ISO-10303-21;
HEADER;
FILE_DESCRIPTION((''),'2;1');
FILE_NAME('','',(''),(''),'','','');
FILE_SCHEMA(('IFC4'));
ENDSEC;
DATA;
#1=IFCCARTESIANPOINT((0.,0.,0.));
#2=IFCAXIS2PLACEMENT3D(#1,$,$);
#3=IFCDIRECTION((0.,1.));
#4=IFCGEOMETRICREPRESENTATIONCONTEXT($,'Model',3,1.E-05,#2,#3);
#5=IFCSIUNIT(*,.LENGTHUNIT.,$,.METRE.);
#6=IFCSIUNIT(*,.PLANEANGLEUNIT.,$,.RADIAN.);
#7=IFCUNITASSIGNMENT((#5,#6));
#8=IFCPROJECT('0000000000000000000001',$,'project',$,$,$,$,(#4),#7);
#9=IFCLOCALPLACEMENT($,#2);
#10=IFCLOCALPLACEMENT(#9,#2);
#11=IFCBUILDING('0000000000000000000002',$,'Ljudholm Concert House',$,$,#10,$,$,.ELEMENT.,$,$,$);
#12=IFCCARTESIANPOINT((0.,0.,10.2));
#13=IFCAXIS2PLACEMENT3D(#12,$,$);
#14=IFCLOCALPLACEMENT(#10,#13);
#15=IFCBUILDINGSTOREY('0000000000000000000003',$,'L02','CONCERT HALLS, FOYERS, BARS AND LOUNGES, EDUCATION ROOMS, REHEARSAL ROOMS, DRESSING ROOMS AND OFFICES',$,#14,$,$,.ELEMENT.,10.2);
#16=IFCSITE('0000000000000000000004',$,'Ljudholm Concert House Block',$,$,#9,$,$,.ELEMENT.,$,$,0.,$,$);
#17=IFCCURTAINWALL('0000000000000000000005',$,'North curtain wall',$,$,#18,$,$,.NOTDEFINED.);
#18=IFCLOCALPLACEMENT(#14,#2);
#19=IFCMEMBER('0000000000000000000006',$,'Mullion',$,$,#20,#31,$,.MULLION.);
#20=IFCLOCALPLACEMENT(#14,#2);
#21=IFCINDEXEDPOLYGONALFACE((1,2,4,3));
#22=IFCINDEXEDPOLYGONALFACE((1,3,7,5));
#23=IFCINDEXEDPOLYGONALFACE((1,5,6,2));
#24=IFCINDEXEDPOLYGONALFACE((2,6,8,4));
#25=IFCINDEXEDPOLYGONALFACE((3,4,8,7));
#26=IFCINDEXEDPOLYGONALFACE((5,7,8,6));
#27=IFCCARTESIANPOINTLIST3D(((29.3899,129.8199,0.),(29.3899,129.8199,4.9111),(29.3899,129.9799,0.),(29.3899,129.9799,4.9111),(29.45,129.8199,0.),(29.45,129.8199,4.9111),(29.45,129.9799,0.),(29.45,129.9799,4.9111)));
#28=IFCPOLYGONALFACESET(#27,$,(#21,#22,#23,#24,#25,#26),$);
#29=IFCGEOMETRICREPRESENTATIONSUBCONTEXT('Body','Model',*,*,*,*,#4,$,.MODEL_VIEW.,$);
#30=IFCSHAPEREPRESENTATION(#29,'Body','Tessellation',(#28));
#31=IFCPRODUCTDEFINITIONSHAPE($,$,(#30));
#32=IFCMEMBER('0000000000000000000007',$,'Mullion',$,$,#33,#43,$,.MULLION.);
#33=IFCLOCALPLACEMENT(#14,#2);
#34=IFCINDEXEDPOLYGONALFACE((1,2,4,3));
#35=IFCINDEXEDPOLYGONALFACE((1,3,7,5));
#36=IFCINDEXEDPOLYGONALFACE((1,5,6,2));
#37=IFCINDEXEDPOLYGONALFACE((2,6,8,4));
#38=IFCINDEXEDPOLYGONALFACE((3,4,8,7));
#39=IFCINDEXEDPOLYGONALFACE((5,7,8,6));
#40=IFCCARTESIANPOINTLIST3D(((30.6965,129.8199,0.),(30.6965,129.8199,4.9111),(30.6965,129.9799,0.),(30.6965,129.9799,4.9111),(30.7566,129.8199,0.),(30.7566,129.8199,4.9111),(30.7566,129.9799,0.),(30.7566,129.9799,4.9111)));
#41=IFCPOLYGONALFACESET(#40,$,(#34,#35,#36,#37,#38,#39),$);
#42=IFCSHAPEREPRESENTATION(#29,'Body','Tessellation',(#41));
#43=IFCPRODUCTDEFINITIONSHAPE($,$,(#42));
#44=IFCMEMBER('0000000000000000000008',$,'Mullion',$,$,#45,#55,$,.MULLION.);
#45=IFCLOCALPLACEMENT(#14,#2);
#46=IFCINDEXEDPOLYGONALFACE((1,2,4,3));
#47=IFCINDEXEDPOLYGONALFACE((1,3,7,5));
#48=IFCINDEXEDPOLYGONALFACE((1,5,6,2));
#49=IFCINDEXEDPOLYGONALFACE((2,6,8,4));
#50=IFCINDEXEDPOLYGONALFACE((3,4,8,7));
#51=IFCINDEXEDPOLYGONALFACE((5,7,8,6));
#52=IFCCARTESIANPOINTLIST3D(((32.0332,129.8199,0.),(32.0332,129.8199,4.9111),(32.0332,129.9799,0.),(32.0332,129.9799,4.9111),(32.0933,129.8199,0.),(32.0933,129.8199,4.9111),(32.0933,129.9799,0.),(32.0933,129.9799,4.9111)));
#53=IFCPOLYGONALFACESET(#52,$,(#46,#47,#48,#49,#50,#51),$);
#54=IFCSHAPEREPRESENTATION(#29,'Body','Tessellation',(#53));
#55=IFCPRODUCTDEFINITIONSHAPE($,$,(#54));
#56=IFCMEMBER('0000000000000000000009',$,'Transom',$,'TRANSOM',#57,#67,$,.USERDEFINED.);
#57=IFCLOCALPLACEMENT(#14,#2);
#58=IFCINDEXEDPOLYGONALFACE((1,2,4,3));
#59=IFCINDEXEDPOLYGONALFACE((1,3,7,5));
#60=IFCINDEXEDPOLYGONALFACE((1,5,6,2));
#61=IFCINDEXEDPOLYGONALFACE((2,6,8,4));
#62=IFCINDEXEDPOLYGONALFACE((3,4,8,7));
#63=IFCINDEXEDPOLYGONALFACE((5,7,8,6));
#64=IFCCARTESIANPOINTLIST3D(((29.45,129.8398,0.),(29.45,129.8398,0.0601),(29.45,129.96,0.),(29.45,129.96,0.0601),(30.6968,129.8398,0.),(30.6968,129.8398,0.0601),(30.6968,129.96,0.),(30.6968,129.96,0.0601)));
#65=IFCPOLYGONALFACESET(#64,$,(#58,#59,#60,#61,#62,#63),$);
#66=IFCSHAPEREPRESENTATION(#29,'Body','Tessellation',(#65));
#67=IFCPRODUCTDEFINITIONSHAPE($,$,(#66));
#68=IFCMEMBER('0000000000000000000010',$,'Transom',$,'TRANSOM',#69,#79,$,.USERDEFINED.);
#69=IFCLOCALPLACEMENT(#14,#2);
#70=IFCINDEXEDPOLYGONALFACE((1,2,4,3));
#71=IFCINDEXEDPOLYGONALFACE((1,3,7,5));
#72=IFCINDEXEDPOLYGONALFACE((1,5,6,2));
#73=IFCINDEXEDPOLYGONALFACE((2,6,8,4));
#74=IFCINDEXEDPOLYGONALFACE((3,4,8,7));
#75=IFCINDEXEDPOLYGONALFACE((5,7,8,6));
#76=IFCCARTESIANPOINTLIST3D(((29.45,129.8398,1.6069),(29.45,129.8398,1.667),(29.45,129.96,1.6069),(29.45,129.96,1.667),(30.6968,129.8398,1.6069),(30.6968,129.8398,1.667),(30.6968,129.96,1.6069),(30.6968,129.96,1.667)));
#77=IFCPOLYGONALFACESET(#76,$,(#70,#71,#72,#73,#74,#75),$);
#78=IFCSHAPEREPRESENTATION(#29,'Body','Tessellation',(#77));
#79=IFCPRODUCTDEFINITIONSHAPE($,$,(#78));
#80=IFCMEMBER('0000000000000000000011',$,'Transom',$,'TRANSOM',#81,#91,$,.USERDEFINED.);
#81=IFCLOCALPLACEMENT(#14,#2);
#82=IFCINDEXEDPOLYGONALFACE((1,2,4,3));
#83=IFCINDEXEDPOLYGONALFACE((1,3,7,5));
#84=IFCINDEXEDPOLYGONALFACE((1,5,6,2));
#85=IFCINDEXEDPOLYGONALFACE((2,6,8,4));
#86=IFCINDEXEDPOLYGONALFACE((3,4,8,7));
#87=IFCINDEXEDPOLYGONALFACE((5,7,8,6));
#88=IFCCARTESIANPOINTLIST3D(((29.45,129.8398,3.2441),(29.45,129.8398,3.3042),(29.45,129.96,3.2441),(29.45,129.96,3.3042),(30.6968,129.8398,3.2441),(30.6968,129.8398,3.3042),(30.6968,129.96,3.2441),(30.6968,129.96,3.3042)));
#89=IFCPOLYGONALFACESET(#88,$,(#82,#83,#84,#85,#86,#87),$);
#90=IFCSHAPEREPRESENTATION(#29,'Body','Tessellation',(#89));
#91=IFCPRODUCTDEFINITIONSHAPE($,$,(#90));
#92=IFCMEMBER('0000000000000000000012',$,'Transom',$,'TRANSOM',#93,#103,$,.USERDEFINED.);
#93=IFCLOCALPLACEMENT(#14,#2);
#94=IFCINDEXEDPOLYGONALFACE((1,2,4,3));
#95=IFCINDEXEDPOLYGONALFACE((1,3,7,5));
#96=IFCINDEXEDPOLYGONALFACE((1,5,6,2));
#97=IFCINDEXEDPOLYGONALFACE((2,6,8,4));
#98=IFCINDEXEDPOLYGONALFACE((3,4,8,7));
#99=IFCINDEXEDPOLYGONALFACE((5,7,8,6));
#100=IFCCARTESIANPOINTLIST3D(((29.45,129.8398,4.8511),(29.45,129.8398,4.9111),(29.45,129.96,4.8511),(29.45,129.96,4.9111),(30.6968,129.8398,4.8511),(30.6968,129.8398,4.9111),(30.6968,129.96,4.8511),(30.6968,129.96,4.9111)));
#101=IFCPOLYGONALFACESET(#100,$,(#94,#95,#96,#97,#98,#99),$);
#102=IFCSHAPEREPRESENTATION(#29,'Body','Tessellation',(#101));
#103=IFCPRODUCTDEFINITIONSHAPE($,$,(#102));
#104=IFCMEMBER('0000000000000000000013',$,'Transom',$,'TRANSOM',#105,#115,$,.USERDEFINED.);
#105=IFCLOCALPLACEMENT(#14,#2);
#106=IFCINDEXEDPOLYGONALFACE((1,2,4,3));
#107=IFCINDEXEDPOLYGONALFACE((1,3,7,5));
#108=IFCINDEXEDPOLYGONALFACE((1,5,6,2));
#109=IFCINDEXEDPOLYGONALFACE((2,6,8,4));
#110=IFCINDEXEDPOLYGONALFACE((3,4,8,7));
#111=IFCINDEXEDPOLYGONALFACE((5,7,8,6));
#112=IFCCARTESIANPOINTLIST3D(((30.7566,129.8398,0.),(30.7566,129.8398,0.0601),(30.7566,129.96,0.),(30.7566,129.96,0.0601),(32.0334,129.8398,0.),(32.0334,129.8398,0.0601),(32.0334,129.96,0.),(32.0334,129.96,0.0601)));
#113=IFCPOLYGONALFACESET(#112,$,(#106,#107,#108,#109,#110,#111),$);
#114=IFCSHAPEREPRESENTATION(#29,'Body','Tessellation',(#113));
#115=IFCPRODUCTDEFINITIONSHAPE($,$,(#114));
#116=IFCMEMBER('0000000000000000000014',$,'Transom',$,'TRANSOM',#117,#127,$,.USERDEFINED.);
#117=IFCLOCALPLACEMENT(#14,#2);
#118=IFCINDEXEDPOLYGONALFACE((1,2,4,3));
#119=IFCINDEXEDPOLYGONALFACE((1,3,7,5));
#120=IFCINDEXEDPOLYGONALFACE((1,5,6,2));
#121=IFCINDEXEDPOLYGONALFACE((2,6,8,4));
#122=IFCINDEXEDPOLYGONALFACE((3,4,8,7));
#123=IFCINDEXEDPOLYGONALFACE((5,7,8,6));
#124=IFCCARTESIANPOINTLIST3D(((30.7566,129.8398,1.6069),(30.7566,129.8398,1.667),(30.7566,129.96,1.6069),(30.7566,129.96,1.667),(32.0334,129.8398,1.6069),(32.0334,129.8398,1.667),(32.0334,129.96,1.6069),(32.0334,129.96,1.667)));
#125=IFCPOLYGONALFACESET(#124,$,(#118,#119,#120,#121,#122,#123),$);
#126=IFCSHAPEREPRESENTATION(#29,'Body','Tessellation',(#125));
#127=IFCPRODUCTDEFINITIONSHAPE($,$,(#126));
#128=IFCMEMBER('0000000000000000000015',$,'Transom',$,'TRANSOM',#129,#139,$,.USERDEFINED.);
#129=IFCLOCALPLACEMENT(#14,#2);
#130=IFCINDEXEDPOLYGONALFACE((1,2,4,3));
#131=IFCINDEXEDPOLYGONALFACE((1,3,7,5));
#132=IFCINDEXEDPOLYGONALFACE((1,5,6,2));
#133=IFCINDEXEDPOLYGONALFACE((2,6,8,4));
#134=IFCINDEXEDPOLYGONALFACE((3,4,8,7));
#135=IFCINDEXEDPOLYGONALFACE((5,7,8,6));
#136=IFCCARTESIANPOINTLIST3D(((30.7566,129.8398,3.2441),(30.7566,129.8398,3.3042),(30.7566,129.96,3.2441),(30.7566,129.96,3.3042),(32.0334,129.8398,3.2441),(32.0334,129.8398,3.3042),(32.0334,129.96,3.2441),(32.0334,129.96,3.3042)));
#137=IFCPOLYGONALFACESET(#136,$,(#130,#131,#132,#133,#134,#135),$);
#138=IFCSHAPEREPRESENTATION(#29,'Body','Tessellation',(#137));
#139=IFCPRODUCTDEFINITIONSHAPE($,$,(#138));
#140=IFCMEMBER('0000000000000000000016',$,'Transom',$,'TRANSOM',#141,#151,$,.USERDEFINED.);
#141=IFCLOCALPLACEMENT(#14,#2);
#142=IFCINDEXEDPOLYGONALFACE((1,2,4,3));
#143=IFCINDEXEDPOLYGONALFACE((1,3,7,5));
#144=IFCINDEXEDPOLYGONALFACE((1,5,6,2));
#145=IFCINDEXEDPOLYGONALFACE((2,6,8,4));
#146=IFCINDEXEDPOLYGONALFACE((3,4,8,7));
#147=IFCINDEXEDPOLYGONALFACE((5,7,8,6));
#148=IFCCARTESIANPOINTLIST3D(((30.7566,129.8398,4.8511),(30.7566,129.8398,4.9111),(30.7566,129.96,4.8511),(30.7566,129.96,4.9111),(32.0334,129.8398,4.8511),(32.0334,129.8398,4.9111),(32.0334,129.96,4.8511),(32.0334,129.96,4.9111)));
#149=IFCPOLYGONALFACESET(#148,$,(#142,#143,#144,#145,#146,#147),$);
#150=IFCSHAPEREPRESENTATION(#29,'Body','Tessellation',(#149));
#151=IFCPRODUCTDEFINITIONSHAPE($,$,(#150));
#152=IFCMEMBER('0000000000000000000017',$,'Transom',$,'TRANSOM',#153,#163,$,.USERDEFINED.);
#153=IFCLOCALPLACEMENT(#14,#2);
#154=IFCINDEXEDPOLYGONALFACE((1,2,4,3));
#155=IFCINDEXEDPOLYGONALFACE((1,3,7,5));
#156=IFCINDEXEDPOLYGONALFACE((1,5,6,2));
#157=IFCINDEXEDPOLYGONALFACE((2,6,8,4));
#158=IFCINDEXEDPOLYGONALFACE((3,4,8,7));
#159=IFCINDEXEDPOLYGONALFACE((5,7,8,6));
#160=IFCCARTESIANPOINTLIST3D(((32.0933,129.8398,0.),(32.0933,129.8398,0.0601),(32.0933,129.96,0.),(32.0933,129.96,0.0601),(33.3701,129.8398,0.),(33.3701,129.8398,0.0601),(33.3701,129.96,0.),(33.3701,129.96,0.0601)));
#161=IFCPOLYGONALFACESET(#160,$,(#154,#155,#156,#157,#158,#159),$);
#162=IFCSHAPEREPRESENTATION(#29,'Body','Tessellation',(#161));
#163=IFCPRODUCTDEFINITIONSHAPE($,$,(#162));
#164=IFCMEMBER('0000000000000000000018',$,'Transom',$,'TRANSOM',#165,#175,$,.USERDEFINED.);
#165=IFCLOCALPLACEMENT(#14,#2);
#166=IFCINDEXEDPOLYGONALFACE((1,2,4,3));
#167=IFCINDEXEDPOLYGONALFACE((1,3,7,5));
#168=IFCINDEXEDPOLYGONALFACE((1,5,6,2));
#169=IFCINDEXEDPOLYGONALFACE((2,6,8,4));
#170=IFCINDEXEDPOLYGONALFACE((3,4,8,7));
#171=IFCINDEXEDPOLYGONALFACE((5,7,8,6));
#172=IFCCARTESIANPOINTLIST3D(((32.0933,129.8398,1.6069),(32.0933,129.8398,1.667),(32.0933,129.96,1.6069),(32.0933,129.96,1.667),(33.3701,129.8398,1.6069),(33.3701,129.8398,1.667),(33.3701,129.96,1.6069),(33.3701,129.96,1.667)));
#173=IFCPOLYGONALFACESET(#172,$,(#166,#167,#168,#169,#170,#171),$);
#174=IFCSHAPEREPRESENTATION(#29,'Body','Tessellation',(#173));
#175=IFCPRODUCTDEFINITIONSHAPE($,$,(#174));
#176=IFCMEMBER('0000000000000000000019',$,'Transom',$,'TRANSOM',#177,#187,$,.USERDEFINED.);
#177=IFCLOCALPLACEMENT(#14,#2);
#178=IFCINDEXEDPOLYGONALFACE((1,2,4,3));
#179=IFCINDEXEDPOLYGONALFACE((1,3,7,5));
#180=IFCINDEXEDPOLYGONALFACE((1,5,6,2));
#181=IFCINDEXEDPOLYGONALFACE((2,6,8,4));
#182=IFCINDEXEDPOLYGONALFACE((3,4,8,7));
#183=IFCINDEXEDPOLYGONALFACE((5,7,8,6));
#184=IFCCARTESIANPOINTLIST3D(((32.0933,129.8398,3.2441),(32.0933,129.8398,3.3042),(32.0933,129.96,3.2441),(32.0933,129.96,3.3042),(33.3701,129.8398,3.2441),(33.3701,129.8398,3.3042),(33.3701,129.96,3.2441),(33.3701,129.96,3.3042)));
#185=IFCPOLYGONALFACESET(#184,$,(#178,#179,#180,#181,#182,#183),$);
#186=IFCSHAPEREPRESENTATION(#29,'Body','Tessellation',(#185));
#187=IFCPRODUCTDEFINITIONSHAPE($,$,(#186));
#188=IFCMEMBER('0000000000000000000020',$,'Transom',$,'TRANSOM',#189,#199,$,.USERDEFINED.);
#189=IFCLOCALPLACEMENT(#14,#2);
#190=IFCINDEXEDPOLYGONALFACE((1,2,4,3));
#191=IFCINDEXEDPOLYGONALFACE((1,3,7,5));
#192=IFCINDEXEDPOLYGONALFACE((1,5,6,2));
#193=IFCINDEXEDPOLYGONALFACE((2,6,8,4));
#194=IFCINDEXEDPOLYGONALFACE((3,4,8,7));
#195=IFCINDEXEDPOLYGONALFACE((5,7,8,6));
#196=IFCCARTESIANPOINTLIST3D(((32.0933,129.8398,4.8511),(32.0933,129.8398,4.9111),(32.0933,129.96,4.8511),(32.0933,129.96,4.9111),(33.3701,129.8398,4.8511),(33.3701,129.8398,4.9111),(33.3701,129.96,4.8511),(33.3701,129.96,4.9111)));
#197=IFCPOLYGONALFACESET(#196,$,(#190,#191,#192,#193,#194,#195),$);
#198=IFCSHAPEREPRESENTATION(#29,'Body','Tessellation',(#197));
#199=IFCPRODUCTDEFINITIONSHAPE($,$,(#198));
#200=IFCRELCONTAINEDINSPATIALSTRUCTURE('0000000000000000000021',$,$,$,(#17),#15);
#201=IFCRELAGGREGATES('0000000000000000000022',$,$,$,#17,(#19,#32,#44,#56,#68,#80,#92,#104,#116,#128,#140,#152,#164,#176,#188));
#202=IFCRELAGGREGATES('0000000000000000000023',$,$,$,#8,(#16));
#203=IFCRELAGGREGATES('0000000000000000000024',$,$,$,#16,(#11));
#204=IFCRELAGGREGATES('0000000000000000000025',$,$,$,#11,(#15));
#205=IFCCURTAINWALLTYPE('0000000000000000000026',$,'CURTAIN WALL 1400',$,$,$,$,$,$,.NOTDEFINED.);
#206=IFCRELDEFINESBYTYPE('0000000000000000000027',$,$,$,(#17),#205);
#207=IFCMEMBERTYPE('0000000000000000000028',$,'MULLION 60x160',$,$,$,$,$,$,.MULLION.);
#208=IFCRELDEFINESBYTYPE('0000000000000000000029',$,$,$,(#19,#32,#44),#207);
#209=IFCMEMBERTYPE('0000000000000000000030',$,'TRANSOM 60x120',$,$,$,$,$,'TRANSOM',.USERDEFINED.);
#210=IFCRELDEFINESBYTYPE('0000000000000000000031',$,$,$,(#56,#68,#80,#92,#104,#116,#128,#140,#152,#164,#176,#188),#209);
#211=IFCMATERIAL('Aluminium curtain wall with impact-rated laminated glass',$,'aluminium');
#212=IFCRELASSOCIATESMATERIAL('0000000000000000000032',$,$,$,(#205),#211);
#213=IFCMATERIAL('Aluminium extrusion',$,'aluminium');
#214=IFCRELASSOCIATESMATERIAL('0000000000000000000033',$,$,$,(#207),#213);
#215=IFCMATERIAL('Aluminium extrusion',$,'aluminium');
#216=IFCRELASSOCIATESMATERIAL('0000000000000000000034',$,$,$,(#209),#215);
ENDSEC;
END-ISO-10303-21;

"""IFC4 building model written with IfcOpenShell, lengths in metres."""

from ifc_helpers import new_model, si_unit, direction, frame, origin, origin_2d, place, context, subcontext, project, spatial, rectangle, extrude, material, material_profile, profile_set, type_object, element, aggregate, save


model = new_model("IFC4")

# Units and contexts
model_context = context("Model", 3, precision=1e-05, world=origin(), true_north=direction((0.0, 1.0)))
body_context = subcontext(model_context, "Body", "Model", "MODEL_VIEW")
ifc_project = project(units=[si_unit("LENGTHUNIT", "METRE"), si_unit("PLANEANGLEUNIT", "RADIAN")], contexts=[model_context])

# Site, building, storey
site_placement = place(None, origin())
site = spatial("IfcSite", under=ifc_project, at=site_placement, Name="Ljudholm Concert House Block", CompositionType="ELEMENT", RefElevation=0.0)
building_placement = place(site_placement, origin())
building = spatial("IfcBuilding", under=site, at=building_placement, Name="Ljudholm Concert House", CompositionType="ELEMENT")
storey_placement = place(building_placement, frame((0.0, 0.0, 10.2)))
storey = spatial("IfcBuildingStorey", under=building, at=storey_placement, Name="L02", Description="CONCERT HALLS, FOYERS, BARS AND LOUNGES, EDUCATION ROOMS, REHEARSAL ROOMS, DRESSING ROOMS AND OFFICES", CompositionType="ELEMENT", Elevation=10.2)

# Curtain wall, members
ifc_material_1 = material(Name="Aluminium curtain wall with impact-rated laminated glass", Category="aluminium")
curtain_wall_type = type_object("IfcCurtainWallType", Name="CURTAIN WALL 1400", PredefinedType="NOTDEFINED", material=ifc_material_1)
curtain_wall_placement = place(storey_placement, origin())
curtain_wall = element("IfcCurtainWall", 1, at=curtain_wall_placement, inside=storey, type_object=curtain_wall_type, Name="North curtain wall", PredefinedType="NOTDEFINED")
ifc_material_2 = material(Name="Aluminium extrusion", Category="aluminium")
ifc_material_profile_1 = material_profile(ifc_material_2, rectangle(XDim=0.1599, YDim=0.0601, at=origin_2d()), Name="MULLION 60x160")
ifc_profile_set_1 = profile_set([ifc_material_profile_1], Name="Aluminium extrusion")
member_type_1 = type_object("IfcMemberType", Name="MULLION 60x160", PredefinedType="MULLION", material=ifc_profile_set_1)
member_1_placement = place(storey_placement, frame((29.4199, 129.8999, 0.0), z_axis=(0.0, 0.0, 1.0), x_axis=(0.0, 1.0, 0.0)))
member_1 = element("IfcMember", 2, at=member_1_placement, type_object=member_type_1, Name="Mullion", PredefinedType="MULLION", context=body_context, shape_type="SweptSolid", body=[
    extrude(rectangle(XDim=0.1599, YDim=0.0601, at=origin_2d()), origin(), (0.0, 0.0, 1.0), 4.9111),
])
member_2_placement = place(storey_placement, frame((30.7266, 129.8999, 0.0), z_axis=(0.0, 0.0, 1.0), x_axis=(0.0, 1.0, 0.0)))
member_2 = element("IfcMember", 3, at=member_2_placement, type_object=member_type_1, Name="Mullion", PredefinedType="MULLION", context=body_context, shape_type="SweptSolid", body=[
    extrude(rectangle(XDim=0.1599, YDim=0.0601, at=origin_2d()), origin(), (0.0, 0.0, 1.0), 4.9111),
])
member_3_placement = place(storey_placement, frame((32.0632, 129.8999, 0.0), z_axis=(0.0, 0.0, 1.0), x_axis=(0.0, 1.0, 0.0)))
member_3 = element("IfcMember", 4, at=member_3_placement, type_object=member_type_1, Name="Mullion", PredefinedType="MULLION", context=body_context, shape_type="SweptSolid", body=[
    extrude(rectangle(XDim=0.1599, YDim=0.0601, at=origin_2d()), origin(), (0.0, 0.0, 1.0), 4.9111),
])
ifc_material_3 = material(Name="Aluminium extrusion", Category="aluminium")
ifc_material_profile_2 = material_profile(ifc_material_3, rectangle(XDim=0.1201, YDim=0.0601, at=origin_2d()), Name="TRANSOM 60x120")
ifc_profile_set_2 = profile_set([ifc_material_profile_2], Name="Aluminium extrusion")
member_type_2 = type_object("IfcMemberType", Name="TRANSOM 60x120", ElementType="TRANSOM", PredefinedType="USERDEFINED", material=ifc_profile_set_2)
member_4_placement = place(storey_placement, frame((29.45, 129.8999, 0.03), z_axis=(1.0, 0.0, 0.0), x_axis=(0.0, 1.0, 0.0)))
member_4 = element("IfcMember", 5, at=member_4_placement, type_object=member_type_2, Name="Transom", ObjectType="TRANSOM", PredefinedType="USERDEFINED", context=body_context, shape_type="SweptSolid", body=[
    extrude(rectangle(XDim=0.1201, YDim=0.0601, at=origin_2d()), origin(), (0.0, 0.0, 1.0), 1.2468),
])
member_5_placement = place(storey_placement, frame((29.45, 129.8999, 1.637), z_axis=(1.0, 0.0, 0.0), x_axis=(0.0, 1.0, 0.0)))
member_5 = element("IfcMember", 6, at=member_5_placement, type_object=member_type_2, Name="Transom", ObjectType="TRANSOM", PredefinedType="USERDEFINED", context=body_context, shape_type="SweptSolid", body=[
    extrude(rectangle(XDim=0.1201, YDim=0.0601, at=origin_2d()), origin(), (0.0, 0.0, 1.0), 1.2468),
])
member_6_placement = place(storey_placement, frame((29.45, 129.8999, 3.2742), z_axis=(1.0, 0.0, 0.0), x_axis=(0.0, 1.0, 0.0)))
member_6 = element("IfcMember", 7, at=member_6_placement, type_object=member_type_2, Name="Transom", ObjectType="TRANSOM", PredefinedType="USERDEFINED", context=body_context, shape_type="SweptSolid", body=[
    extrude(rectangle(XDim=0.1201, YDim=0.0601, at=origin_2d()), origin(), (0.0, 0.0, 1.0), 1.2468),
])
member_7_placement = place(storey_placement, frame((29.45, 129.8999, 4.8811), z_axis=(1.0, 0.0, 0.0), x_axis=(0.0, 1.0, 0.0)))
member_7 = element("IfcMember", 8, at=member_7_placement, type_object=member_type_2, Name="Transom", ObjectType="TRANSOM", PredefinedType="USERDEFINED", context=body_context, shape_type="SweptSolid", body=[
    extrude(rectangle(XDim=0.1201, YDim=0.0601, at=origin_2d()), origin(), (0.0, 0.0, 1.0), 1.2468),
])
member_8_placement = place(storey_placement, frame((30.7566, 129.8999, 0.03), z_axis=(1.0, 0.0, 0.0), x_axis=(0.0, 1.0, 0.0)))
member_8 = element("IfcMember", 9, at=member_8_placement, type_object=member_type_2, Name="Transom", ObjectType="TRANSOM", PredefinedType="USERDEFINED", context=body_context, shape_type="SweptSolid", body=[
    extrude(rectangle(XDim=0.1201, YDim=0.0601, at=origin_2d()), origin(), (0.0, 0.0, 1.0), 1.2769),
])
member_9_placement = place(storey_placement, frame((30.7566, 129.8999, 1.637), z_axis=(1.0, 0.0, 0.0), x_axis=(0.0, 1.0, 0.0)))
member_9 = element("IfcMember", 10, at=member_9_placement, type_object=member_type_2, Name="Transom", ObjectType="TRANSOM", PredefinedType="USERDEFINED", context=body_context, shape_type="SweptSolid", body=[
    extrude(rectangle(XDim=0.1201, YDim=0.0601, at=origin_2d()), origin(), (0.0, 0.0, 1.0), 1.2769),
])
member_10_placement = place(storey_placement, frame((30.7566, 129.8999, 3.2742), z_axis=(1.0, 0.0, 0.0), x_axis=(0.0, 1.0, 0.0)))
member_10 = element("IfcMember", 11, at=member_10_placement, type_object=member_type_2, Name="Transom", ObjectType="TRANSOM", PredefinedType="USERDEFINED", context=body_context, shape_type="SweptSolid", body=[
    extrude(rectangle(XDim=0.1201, YDim=0.0601, at=origin_2d()), origin(), (0.0, 0.0, 1.0), 1.2769),
])
member_11_placement = place(storey_placement, frame((30.7566, 129.8999, 4.8811), z_axis=(1.0, 0.0, 0.0), x_axis=(0.0, 1.0, 0.0)))
member_11 = element("IfcMember", 12, at=member_11_placement, type_object=member_type_2, Name="Transom", ObjectType="TRANSOM", PredefinedType="USERDEFINED", context=body_context, shape_type="SweptSolid", body=[
    extrude(rectangle(XDim=0.1201, YDim=0.0601, at=origin_2d()), origin(), (0.0, 0.0, 1.0), 1.2769),
])
member_12_placement = place(storey_placement, frame((32.0933, 129.8999, 0.03), z_axis=(1.0, 0.0, 0.0), x_axis=(0.0, 1.0, 0.0)))
member_12 = element("IfcMember", 13, at=member_12_placement, type_object=member_type_2, Name="Transom", ObjectType="TRANSOM", PredefinedType="USERDEFINED", context=body_context, shape_type="SweptSolid", body=[
    extrude(rectangle(XDim=0.1201, YDim=0.0601, at=origin_2d()), origin(), (0.0, 0.0, 1.0), 1.2769),
])
member_13_placement = place(storey_placement, frame((32.0933, 129.8999, 1.637), z_axis=(1.0, 0.0, 0.0), x_axis=(0.0, 1.0, 0.0)))
member_13 = element("IfcMember", 14, at=member_13_placement, type_object=member_type_2, Name="Transom", ObjectType="TRANSOM", PredefinedType="USERDEFINED", context=body_context, shape_type="SweptSolid", body=[
    extrude(rectangle(XDim=0.1201, YDim=0.0601, at=origin_2d()), origin(), (0.0, 0.0, 1.0), 1.2769),
])
member_14_placement = place(storey_placement, frame((32.0933, 129.8999, 3.2742), z_axis=(1.0, 0.0, 0.0), x_axis=(0.0, 1.0, 0.0)))
member_14 = element("IfcMember", 15, at=member_14_placement, type_object=member_type_2, Name="Transom", ObjectType="TRANSOM", PredefinedType="USERDEFINED", context=body_context, shape_type="SweptSolid", body=[
    extrude(rectangle(XDim=0.1201, YDim=0.0601, at=origin_2d()), origin(), (0.0, 0.0, 1.0), 1.2769),
])
member_15_placement = place(storey_placement, frame((32.0933, 129.8999, 4.8811), z_axis=(1.0, 0.0, 0.0), x_axis=(0.0, 1.0, 0.0)))
member_15 = element("IfcMember", 16, at=member_15_placement, type_object=member_type_2, Name="Transom", ObjectType="TRANSOM", PredefinedType="USERDEFINED", context=body_context, shape_type="SweptSolid", body=[
    extrude(rectangle(XDim=0.1201, YDim=0.0601, at=origin_2d()), origin(), (0.0, 0.0, 1.0), 1.2769),
])
aggregate(curtain_wall, [member_1, member_2, member_3, member_4, member_5, member_6, member_7, member_8, member_9, member_10, member_11, member_12, member_13, member_14, member_15])

save(model, "model.ifc")
